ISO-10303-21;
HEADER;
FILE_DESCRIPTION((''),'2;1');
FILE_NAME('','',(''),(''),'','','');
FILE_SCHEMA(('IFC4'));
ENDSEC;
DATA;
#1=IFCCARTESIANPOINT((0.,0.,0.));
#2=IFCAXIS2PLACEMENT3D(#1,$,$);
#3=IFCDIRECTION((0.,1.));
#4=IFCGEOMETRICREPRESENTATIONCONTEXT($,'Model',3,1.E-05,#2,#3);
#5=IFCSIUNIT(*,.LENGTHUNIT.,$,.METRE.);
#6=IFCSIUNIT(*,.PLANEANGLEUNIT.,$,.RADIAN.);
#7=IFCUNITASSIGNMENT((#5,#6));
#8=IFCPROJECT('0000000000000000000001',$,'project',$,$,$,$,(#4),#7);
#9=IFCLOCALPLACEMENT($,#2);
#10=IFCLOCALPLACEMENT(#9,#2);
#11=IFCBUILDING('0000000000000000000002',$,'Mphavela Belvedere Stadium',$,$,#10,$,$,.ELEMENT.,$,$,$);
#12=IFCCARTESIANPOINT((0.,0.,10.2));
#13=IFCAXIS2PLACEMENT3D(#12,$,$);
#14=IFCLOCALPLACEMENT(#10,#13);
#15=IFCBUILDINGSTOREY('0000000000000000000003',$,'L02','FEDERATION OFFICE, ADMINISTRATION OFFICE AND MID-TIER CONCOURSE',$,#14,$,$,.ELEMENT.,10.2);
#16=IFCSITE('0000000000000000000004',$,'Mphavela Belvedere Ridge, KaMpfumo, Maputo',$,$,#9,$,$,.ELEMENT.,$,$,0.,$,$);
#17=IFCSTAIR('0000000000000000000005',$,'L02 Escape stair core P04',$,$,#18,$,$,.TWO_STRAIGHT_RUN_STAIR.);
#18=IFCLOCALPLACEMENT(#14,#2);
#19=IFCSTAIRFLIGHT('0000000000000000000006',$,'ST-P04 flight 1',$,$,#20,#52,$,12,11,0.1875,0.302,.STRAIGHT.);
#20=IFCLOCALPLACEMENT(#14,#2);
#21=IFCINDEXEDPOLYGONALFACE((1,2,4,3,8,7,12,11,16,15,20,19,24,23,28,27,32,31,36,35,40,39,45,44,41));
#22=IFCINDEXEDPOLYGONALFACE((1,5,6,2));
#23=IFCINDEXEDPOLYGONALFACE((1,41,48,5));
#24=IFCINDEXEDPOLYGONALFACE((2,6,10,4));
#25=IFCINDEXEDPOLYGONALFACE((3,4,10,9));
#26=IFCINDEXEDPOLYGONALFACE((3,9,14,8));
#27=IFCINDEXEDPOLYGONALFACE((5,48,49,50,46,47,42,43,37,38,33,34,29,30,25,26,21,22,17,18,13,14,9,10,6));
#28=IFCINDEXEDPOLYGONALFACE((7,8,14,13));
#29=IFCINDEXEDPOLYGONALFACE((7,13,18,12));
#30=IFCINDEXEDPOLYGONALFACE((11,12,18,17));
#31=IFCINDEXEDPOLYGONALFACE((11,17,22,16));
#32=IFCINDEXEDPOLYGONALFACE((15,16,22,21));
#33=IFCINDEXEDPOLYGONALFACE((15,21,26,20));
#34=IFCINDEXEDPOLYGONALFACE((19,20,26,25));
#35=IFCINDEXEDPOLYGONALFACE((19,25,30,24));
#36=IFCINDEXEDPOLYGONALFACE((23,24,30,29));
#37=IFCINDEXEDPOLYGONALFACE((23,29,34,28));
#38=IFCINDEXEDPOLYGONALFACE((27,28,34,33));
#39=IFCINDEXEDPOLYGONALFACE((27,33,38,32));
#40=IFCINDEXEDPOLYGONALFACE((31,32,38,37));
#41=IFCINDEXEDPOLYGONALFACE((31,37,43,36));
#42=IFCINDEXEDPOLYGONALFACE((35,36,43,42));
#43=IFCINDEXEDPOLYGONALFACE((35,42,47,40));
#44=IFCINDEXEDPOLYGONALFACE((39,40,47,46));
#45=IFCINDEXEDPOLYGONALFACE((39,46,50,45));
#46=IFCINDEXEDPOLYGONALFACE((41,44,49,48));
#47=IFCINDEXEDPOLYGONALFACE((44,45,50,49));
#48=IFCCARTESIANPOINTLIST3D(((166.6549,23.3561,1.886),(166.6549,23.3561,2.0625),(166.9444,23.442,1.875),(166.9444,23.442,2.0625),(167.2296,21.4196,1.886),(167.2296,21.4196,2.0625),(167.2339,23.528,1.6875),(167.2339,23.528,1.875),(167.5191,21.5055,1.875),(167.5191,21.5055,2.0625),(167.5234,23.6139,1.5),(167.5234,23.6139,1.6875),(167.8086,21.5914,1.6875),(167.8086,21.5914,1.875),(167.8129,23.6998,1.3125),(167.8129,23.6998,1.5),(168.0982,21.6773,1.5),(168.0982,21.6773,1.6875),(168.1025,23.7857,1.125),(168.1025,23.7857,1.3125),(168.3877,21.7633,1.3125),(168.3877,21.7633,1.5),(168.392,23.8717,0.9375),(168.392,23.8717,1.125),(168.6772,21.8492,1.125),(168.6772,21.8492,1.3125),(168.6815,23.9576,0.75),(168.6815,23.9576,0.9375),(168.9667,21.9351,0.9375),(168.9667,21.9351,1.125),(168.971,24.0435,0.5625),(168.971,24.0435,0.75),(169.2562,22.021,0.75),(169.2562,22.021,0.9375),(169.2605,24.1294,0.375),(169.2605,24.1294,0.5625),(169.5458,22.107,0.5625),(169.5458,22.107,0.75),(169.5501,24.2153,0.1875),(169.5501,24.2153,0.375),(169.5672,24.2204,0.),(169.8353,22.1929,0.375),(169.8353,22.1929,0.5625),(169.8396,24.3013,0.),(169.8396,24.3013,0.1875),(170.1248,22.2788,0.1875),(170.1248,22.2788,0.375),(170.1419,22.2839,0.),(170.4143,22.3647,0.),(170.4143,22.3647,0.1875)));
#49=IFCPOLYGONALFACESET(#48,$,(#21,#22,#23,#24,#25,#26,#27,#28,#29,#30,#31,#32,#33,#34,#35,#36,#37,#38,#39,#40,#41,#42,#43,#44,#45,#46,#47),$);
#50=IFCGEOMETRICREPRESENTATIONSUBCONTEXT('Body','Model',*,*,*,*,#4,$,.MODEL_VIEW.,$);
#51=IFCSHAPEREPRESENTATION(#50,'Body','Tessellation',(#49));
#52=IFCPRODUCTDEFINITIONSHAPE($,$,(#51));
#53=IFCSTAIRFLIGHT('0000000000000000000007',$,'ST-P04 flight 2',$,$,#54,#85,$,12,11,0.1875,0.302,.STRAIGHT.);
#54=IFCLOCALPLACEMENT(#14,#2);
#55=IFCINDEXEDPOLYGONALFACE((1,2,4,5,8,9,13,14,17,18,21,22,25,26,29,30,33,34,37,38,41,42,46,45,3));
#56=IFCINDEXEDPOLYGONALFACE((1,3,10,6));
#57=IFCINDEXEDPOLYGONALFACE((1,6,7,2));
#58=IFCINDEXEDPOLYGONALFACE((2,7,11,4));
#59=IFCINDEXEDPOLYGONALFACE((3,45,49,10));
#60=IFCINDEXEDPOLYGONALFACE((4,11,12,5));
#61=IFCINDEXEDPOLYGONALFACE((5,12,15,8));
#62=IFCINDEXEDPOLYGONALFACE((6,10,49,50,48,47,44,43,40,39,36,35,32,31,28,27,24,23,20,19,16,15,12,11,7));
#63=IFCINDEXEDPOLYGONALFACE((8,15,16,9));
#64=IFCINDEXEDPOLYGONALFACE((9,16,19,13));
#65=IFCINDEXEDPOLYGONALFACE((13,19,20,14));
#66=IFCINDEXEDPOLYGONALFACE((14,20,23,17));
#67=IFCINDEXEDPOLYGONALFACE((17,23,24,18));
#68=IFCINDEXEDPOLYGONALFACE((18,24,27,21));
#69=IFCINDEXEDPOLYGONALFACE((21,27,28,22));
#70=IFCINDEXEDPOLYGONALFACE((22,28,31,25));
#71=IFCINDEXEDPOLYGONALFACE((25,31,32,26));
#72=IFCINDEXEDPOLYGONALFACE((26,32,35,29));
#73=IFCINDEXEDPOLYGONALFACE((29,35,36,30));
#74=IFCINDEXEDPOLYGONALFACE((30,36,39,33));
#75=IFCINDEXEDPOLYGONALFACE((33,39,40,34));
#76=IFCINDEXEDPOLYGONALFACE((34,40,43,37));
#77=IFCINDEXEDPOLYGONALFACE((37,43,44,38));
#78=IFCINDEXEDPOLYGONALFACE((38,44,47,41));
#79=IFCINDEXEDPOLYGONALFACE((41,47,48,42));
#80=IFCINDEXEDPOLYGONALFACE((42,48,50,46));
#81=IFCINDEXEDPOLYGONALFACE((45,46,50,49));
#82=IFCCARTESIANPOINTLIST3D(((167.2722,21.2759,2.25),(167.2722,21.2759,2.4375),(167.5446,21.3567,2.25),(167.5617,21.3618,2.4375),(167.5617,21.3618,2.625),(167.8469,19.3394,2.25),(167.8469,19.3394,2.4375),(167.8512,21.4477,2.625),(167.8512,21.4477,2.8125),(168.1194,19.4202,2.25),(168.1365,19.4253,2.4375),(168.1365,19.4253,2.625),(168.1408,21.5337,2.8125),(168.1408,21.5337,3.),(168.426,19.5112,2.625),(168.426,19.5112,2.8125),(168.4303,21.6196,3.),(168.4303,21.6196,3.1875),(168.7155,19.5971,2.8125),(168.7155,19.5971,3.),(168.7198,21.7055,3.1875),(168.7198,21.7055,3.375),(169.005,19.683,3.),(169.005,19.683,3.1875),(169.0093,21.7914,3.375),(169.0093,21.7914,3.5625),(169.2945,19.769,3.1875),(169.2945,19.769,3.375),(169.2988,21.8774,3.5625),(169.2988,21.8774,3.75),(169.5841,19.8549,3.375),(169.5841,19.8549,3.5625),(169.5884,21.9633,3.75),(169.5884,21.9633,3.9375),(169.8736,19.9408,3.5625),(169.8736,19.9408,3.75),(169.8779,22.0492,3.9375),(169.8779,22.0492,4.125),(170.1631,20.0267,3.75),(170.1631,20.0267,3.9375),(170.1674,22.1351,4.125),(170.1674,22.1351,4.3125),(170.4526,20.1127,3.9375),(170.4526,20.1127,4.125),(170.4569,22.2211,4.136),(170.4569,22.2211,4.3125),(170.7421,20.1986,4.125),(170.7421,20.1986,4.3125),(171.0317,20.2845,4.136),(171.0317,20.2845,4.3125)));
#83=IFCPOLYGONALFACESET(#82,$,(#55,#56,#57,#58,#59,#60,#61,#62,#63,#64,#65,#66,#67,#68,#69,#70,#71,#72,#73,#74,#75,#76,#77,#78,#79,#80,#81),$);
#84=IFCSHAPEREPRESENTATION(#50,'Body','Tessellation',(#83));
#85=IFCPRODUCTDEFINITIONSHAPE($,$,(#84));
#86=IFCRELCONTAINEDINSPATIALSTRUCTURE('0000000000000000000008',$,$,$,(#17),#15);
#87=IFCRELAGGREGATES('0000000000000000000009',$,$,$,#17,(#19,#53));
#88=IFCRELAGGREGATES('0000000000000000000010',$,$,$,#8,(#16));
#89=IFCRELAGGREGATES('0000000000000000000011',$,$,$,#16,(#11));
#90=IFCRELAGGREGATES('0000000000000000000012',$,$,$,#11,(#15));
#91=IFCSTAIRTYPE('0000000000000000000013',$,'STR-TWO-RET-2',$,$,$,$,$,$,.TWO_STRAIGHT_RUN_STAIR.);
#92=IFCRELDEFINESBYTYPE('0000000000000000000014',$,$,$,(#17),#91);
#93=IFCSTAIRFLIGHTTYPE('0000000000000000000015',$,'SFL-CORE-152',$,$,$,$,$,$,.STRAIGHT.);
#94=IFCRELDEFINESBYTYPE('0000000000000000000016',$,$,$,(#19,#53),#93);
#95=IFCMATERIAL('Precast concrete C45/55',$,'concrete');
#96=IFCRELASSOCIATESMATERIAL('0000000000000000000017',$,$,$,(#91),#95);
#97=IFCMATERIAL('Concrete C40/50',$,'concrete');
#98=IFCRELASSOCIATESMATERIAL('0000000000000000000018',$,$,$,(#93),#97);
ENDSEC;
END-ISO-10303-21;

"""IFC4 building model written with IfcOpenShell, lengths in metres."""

from ifc_helpers import new_model, si_unit, direction, frame, origin, place, context, subcontext, project, spatial, polyline, outline, extrude, material, type_object, element, aggregate, save


model = new_model("IFC4")

# Units and contexts
model_context = context("Model", 3, precision=1e-05, world=origin(), true_north=direction((0.0, 1.0)))
body_context = subcontext(model_context, "Body", "Model", "MODEL_VIEW")
ifc_project = project(units=[si_unit("LENGTHUNIT", "METRE"), si_unit("PLANEANGLEUNIT", "RADIAN")], contexts=[model_context])

# Site, building, storey
site_placement = place(None, origin())
site = spatial("IfcSite", under=ifc_project, at=site_placement, Name="Mphavela Belvedere Ridge, KaMpfumo, Maputo", CompositionType="ELEMENT", RefElevation=0.0)
building_placement = place(site_placement, origin())
building = spatial("IfcBuilding", under=site, at=building_placement, Name="Mphavela Belvedere Stadium", CompositionType="ELEMENT")
storey_placement = place(building_placement, frame((0.0, 0.0, 10.2)))
storey = spatial("IfcBuildingStorey", under=building, at=storey_placement, Name="L02", Description="FEDERATION OFFICE, ADMINISTRATION OFFICE AND MID-TIER CONCOURSE", CompositionType="ELEMENT", Elevation=10.2)

# Stair, stair flights
ifc_material_1 = material(Name="Precast concrete C45/55", Category="concrete")
stair_type = type_object("IfcStairType", Name="STR-TWO-RET-2", PredefinedType="TWO_STRAIGHT_RUN_STAIR", material=ifc_material_1)
stair_placement = place(storey_placement, origin())
stair = element("IfcStair", 1, at=stair_placement, inside=storey, type_object=stair_type, Name="L02 Escape stair core P04", PredefinedType="TWO_STRAIGHT_RUN_STAIR")
ifc_material_2 = material(Name="Concrete C40/50", Category="concrete")
stair_flight_type = type_object("IfcStairFlightType", Name="SFL-CORE-152", PredefinedType="STRAIGHT", material=ifc_material_2)
stair_flight_1_placement = place(storey_placement, frame((170.127, 23.333, 0.0), z_axis=(0.0, 0.0, 1.0), x_axis=(-0.958671, -0.284517, 0.0)))
stair_flight_1 = element("IfcStairFlight", 2, at=stair_flight_1_placement, type_object=stair_flight_type, Name="ST-P04 flight 1", NumberOfRisers=12, NumberOfTreads=11, PredefinedType="STRAIGHT", RiserHeight=0.1875, TreadLength=0.302, context=body_context, shape_type="SweptSolid", body=[
    extrude(outline(polyline([(0.0, 0.0), (0.0, 0.1875), (0.302, 0.1875), (0.302, 0.375), (0.604, 0.375), (0.604, 0.5625), (0.906, 0.5625), (0.906, 0.75), (1.208, 0.75), (1.208, 0.9375), (1.51, 0.9375), (1.51, 1.125), (1.812, 1.125), (1.812, 1.3125), (2.114, 1.3125), (2.114, 1.5), (2.416, 1.5), (2.416, 1.6875), (2.718, 1.6875), (2.718, 1.875), (3.02, 1.875), (3.02, 2.0625), (3.322, 2.0625), (3.322, 2.25), (3.322, 1.886), (0.2842, 0.0), (0.0, 0.0)])), frame((0.0, 1.01, 0.0), z_axis=(0.0, -1.0, 0.0), x_axis=(1.0, 0.0, 0.0)), (0.0, 0.0, 1.0), 2.02),
])
stair_flight_2_placement = place(storey_placement, frame((167.5596, 20.3076, 2.25), z_axis=(0.0, 0.0, 1.0), x_axis=(0.958671, 0.284517, 0.0)))
stair_flight_2 = element("IfcStairFlight", 3, at=stair_flight_2_placement, type_object=stair_flight_type, Name="ST-P04 flight 2", NumberOfRisers=12, NumberOfTreads=11, PredefinedType="STRAIGHT", RiserHeight=0.1875, TreadLength=0.302, context=body_context, shape_type="SweptSolid", body=[
    extrude(outline(polyline([(0.0, 0.0), (0.0, 0.1875), (0.302, 0.1875), (0.302, 0.375), (0.604, 0.375), (0.604, 0.5625), (0.906, 0.5625), (0.906, 0.75), (1.208, 0.75), (1.208, 0.9375), (1.51, 0.9375), (1.51, 1.125), (1.812, 1.125), (1.812, 1.3125), (2.114, 1.3125), (2.114, 1.5), (2.416, 1.5), (2.416, 1.6875), (2.718, 1.6875), (2.718, 1.875), (3.02, 1.875), (3.02, 2.0625), (3.322, 2.0625), (3.322, 2.25), (3.322, 1.886), (0.2842, 0.0), (0.0, 0.0)])), frame((0.0, 1.01, 0.0), z_axis=(0.0, -1.0, 0.0), x_axis=(1.0, 0.0, 0.0)), (0.0, 0.0, 1.0), 2.02),
])
aggregate(stair, [stair_flight_1, stair_flight_2])

save(model, "model.ifc")
